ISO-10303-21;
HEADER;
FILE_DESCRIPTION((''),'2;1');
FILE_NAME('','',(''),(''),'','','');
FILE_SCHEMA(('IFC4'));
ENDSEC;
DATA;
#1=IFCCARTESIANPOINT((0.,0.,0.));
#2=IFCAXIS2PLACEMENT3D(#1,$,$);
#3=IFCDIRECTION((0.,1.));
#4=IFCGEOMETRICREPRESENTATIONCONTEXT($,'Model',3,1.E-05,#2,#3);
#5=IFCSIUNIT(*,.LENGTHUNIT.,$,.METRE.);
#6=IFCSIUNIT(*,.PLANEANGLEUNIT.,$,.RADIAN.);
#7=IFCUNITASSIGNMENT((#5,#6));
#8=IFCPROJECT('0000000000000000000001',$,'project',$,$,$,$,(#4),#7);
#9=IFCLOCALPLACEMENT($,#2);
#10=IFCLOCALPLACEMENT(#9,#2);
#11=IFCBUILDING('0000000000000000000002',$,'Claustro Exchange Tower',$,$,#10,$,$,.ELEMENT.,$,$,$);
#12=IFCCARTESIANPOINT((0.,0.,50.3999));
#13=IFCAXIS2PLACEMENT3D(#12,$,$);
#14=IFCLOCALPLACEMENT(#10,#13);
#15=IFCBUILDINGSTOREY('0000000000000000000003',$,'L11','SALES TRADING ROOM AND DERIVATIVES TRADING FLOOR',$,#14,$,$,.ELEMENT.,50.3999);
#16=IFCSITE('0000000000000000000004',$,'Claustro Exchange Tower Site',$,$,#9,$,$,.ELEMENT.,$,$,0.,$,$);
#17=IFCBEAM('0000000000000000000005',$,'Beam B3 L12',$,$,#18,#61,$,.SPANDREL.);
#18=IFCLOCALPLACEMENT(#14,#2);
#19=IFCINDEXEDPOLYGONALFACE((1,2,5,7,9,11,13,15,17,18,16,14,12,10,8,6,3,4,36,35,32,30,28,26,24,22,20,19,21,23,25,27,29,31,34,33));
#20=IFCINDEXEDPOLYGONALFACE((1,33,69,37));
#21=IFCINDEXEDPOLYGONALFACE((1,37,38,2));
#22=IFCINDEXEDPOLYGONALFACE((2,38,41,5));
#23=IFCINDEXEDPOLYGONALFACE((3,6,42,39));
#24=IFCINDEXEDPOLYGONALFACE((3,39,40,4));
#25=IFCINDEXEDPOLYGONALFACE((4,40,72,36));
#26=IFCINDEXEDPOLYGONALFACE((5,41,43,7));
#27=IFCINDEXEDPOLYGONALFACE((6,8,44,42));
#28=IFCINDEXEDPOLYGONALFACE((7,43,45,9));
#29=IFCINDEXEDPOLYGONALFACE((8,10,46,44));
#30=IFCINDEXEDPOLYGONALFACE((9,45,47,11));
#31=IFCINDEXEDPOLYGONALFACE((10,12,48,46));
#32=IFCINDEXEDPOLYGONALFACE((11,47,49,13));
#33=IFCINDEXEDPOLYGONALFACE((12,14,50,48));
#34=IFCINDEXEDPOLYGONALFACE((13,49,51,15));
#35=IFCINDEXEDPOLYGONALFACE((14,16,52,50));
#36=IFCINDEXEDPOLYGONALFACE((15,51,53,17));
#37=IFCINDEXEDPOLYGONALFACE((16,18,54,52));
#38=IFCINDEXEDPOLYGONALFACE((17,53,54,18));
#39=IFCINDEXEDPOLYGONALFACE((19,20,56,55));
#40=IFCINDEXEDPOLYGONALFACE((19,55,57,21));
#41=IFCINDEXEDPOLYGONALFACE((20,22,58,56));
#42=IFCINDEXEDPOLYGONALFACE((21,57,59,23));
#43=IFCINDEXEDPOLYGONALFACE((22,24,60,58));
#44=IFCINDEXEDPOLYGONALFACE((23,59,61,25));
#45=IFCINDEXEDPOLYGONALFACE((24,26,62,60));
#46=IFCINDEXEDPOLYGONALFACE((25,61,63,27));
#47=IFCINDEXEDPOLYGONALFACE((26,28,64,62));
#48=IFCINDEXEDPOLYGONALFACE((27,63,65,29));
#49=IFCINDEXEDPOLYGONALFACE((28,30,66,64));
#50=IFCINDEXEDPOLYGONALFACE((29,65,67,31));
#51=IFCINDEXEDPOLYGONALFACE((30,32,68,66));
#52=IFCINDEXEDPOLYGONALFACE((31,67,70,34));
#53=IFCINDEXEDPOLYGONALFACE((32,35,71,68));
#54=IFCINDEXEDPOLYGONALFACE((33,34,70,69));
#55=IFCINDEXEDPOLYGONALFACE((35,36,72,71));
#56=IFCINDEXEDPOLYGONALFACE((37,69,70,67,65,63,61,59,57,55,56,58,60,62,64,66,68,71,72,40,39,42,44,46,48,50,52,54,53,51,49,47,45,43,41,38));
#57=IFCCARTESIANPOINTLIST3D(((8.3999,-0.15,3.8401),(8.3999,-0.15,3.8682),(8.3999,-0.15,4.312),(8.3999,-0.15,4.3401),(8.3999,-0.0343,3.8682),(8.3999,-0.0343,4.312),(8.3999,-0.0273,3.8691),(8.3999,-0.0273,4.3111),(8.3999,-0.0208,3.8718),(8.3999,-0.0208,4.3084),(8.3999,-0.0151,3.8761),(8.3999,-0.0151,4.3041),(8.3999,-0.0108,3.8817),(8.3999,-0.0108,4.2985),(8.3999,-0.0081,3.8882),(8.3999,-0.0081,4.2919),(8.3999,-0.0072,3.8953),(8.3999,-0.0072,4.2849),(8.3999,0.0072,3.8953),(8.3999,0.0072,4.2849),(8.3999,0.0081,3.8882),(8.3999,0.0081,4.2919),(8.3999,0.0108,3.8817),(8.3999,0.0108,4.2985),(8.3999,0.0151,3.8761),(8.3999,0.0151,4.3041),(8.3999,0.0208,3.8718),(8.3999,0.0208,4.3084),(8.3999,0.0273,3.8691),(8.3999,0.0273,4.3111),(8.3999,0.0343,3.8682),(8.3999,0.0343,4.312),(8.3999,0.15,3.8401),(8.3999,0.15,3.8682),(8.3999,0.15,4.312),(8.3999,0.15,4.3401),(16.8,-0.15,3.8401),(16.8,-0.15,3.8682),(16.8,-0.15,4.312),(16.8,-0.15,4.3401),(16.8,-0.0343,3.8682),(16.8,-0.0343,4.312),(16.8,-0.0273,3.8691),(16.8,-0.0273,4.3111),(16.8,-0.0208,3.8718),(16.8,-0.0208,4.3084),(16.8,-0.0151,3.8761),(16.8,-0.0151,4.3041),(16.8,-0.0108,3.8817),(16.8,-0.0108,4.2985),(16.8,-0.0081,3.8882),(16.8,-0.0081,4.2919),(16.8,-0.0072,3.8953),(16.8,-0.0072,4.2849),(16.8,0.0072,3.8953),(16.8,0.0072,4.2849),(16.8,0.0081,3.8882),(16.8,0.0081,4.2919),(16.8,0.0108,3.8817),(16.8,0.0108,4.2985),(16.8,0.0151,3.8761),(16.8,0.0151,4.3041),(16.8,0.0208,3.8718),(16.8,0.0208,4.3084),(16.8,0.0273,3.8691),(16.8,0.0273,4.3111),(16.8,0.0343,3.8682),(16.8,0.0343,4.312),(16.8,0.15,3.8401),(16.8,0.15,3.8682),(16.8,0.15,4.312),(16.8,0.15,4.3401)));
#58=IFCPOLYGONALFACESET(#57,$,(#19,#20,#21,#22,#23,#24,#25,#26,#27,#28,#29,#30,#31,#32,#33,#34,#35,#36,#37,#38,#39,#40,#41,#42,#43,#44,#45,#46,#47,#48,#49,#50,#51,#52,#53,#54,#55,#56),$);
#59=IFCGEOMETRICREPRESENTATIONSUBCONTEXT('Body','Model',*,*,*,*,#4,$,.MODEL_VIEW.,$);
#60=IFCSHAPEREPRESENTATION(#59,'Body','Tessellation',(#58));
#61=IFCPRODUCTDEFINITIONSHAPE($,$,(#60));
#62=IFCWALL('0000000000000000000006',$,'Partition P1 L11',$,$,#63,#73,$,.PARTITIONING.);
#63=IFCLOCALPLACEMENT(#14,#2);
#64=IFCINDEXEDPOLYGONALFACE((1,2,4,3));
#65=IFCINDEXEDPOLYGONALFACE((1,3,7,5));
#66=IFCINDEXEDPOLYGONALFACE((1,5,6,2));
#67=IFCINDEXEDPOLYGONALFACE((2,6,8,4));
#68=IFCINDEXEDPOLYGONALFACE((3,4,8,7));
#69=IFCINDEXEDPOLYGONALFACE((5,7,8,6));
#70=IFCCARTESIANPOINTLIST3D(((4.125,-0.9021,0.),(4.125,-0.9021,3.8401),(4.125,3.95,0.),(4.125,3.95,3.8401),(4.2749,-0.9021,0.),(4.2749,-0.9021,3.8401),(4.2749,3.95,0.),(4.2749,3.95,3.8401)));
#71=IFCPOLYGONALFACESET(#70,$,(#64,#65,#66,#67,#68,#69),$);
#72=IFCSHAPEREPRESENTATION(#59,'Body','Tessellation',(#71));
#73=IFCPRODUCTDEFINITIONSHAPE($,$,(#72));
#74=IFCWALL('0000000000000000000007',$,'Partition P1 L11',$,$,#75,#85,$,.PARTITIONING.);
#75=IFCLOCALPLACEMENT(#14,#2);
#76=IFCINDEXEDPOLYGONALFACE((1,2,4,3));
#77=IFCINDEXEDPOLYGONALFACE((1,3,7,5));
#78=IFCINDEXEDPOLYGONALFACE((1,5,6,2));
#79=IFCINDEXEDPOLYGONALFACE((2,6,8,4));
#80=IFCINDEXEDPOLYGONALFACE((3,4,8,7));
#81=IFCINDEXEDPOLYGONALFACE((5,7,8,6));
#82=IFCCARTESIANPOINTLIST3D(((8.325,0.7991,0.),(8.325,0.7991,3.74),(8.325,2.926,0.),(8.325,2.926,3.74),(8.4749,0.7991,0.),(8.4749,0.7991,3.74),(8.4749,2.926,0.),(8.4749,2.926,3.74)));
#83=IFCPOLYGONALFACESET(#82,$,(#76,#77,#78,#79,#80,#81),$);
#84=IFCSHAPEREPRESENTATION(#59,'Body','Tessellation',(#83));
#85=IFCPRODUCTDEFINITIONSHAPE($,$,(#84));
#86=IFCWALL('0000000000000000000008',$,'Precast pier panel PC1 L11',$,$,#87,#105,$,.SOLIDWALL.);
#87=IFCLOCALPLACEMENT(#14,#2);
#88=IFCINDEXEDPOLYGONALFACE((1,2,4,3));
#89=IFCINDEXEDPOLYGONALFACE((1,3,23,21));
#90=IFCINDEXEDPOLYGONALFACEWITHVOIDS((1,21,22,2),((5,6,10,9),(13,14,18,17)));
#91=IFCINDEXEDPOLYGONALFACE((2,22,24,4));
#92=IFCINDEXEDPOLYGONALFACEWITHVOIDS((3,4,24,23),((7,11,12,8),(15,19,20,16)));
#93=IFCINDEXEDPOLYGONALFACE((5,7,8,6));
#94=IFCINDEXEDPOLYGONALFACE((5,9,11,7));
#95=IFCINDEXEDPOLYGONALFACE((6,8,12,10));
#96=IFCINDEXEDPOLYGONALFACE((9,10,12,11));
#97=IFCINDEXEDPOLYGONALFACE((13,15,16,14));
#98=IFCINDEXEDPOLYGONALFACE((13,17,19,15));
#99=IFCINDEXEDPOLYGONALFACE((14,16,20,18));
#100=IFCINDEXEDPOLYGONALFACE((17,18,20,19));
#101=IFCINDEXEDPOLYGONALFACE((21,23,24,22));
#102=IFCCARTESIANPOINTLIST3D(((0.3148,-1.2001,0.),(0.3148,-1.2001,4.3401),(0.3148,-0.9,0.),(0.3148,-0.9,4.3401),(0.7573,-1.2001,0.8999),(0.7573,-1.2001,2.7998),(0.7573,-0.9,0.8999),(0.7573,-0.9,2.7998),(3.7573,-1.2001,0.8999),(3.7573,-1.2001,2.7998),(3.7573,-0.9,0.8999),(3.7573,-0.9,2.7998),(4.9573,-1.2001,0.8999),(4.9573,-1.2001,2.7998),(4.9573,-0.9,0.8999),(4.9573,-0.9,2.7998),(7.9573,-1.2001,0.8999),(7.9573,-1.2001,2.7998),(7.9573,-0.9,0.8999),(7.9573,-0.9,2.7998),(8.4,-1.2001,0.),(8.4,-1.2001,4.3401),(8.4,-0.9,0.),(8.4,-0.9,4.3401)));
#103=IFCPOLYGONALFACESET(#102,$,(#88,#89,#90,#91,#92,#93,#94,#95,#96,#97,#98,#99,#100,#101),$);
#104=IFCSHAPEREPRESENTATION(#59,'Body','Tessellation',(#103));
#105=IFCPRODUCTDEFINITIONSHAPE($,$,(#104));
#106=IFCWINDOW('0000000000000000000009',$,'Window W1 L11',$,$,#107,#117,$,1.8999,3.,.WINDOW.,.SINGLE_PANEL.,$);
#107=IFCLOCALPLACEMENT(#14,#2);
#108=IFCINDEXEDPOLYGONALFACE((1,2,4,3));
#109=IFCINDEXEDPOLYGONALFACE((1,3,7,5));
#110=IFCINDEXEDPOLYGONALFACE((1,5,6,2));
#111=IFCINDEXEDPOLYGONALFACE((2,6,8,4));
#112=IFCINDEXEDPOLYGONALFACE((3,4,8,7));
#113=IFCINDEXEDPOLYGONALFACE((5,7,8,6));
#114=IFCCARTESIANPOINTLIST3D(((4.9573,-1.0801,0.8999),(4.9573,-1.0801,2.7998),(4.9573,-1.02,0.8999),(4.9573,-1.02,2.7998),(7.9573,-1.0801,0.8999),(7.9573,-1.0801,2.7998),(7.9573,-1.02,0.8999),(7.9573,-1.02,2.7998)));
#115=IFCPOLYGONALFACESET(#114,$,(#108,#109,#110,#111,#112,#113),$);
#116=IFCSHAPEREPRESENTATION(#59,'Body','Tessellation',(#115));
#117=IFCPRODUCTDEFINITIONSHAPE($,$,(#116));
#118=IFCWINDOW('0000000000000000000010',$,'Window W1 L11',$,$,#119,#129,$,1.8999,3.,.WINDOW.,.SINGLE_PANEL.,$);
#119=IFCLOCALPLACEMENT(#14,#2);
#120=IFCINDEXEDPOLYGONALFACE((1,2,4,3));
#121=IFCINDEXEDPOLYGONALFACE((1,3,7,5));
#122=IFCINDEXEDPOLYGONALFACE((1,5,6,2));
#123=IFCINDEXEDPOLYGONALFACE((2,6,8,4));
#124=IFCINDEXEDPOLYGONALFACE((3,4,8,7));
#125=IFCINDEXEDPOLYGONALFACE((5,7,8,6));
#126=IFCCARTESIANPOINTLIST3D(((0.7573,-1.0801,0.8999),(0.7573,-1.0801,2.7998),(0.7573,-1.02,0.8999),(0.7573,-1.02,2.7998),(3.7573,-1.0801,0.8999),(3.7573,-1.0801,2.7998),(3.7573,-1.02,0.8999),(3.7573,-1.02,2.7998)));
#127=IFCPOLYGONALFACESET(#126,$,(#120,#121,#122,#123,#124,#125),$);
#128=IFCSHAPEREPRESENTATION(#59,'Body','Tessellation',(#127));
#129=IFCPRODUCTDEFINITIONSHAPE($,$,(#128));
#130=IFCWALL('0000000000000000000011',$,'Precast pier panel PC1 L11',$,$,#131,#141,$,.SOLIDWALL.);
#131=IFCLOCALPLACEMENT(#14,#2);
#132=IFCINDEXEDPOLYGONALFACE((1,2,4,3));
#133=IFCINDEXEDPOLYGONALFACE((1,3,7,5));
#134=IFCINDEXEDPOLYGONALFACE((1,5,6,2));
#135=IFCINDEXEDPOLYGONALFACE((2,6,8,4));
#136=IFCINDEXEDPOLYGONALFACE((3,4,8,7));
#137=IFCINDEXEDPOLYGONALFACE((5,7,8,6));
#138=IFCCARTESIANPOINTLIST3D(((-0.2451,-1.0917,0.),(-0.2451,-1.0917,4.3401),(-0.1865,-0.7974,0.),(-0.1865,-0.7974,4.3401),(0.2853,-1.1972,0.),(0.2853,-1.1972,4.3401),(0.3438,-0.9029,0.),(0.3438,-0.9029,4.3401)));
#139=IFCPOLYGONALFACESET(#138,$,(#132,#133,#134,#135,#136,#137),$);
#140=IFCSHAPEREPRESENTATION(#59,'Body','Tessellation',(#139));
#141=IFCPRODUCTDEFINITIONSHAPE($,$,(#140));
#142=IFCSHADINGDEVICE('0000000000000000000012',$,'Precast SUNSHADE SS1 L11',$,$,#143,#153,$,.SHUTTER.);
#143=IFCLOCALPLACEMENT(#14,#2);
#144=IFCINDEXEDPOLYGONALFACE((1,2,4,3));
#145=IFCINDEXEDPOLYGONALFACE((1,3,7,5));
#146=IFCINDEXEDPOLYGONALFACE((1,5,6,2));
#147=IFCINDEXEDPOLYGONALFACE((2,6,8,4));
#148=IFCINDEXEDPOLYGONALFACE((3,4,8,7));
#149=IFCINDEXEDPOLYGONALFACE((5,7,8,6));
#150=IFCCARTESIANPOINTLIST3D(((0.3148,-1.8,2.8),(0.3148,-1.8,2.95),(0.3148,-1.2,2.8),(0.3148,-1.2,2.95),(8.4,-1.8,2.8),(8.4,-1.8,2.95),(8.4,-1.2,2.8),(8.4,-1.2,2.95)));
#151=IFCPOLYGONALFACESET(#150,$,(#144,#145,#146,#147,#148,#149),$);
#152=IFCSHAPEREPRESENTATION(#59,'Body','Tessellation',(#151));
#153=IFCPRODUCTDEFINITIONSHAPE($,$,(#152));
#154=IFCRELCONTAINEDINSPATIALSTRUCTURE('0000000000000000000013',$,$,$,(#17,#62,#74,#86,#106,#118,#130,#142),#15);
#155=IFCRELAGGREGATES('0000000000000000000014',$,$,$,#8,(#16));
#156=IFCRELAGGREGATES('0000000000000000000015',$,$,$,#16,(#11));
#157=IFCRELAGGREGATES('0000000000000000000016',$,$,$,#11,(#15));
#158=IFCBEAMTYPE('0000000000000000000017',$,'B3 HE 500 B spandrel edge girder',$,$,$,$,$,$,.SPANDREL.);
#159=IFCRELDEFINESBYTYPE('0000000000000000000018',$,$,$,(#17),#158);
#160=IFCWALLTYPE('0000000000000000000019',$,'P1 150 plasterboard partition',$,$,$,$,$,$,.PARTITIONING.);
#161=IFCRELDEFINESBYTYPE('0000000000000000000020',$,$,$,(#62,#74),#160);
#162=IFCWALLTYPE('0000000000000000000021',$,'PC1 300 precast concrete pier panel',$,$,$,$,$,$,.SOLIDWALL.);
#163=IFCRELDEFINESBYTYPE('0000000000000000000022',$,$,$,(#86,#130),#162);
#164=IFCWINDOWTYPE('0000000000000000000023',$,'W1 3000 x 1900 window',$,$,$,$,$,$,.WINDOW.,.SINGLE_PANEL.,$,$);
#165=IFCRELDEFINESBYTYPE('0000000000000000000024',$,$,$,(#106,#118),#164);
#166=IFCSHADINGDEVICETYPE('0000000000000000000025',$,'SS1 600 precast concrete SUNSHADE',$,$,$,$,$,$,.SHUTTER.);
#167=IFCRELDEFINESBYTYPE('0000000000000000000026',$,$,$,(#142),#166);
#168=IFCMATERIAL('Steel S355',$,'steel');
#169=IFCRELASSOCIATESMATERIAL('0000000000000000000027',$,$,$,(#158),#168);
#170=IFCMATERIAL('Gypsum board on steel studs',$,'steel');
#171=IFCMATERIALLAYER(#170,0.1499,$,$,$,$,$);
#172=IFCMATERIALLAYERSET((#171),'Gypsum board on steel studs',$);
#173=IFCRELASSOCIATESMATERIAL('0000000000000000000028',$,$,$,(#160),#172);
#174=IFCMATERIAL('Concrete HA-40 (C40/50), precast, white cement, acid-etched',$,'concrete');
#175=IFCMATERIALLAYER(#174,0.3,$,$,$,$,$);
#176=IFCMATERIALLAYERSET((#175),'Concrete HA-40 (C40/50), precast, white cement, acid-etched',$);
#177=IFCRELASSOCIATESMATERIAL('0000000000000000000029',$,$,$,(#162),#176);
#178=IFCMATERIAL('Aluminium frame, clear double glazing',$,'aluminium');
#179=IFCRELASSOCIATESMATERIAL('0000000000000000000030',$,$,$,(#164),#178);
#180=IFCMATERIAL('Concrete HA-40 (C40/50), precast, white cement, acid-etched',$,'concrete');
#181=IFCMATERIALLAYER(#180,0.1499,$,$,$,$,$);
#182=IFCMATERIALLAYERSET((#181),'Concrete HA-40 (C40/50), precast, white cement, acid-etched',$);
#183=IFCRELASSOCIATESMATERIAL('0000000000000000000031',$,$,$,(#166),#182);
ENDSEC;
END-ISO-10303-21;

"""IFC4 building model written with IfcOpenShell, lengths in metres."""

from ifc_helpers import new_model, si_unit, direction, frame, frame_2d, origin, origin_2d, place, context, subcontext, project, spatial, rectangle, i_section, extrude, material, layer, layer_set, material_profile, profile_set, type_object, element, fill, save


model = new_model("IFC4")

# Units and contexts
model_context = context("Model", 3, precision=1e-05, world=origin(), true_north=direction((0.0, 1.0)))
body_context = subcontext(model_context, "Body", "Model", "MODEL_VIEW")
ifc_project = project(units=[si_unit("LENGTHUNIT", "METRE"), si_unit("PLANEANGLEUNIT", "RADIAN")], contexts=[model_context])

# Site, building, storey
site_placement = place(None, origin())
site = spatial("IfcSite", under=ifc_project, at=site_placement, Name="Claustro Exchange Tower Site", CompositionType="ELEMENT", RefElevation=0.0)
building_placement = place(site_placement, origin())
building = spatial("IfcBuilding", under=site, at=building_placement, Name="Claustro Exchange Tower", CompositionType="ELEMENT")
storey_placement = place(building_placement, frame((0.0, 0.0, 50.3999)))
storey = spatial("IfcBuildingStorey", under=building, at=storey_placement, Name="L11", Description="SALES TRADING ROOM AND DERIVATIVES TRADING FLOOR", CompositionType="ELEMENT", Elevation=50.3999)

# Beam
ifc_material_1 = material(Name="Steel S355", Category="steel")
ifc_material_profile_1 = material_profile(ifc_material_1, i_section(OverallWidth=0.3, OverallDepth=0.5, WebThickness=0.0144, FlangeThickness=0.0281, FilletRadius=0.0271, at=origin_2d()), Name="HE 500 B")
ifc_profile_set_1 = profile_set([ifc_material_profile_1], Name="Steel S355")
beam_type_1 = type_object("IfcBeamType", Name="B3 HE 500 B spandrel edge girder", PredefinedType="SPANDREL", material=ifc_profile_set_1)
beam_1_placement = place(storey_placement, frame((8.3999, 0.0, 4.0901), z_axis=(1.0, 0.0, 0.0), x_axis=(0.0, 1.0, 0.0)))
element("IfcBeam", 1, at=beam_1_placement, inside=storey, type_object=beam_type_1, Name="Beam B3 L12", PredefinedType="SPANDREL", context=body_context, shape_type="SweptSolid", body=[
    extrude(i_section(OverallWidth=0.3, OverallDepth=0.5, WebThickness=0.0144, FlangeThickness=0.0281, FilletRadius=0.0271, at=origin_2d()), origin(), (0.0, 0.0, 1.0), 8.4001),
])

# Walls
ifc_material_2 = material(Name="Gypsum board on steel studs", Category="steel")
ifc_layer_1 = layer(ifc_material_2, 0.1499)
ifc_layer_set_1 = layer_set([ifc_layer_1], Name="Gypsum board on steel studs")
wall_type_1 = type_object("IfcWallType", Name="P1 150 plasterboard partition", PredefinedType="PARTITIONING", material=ifc_layer_set_1)
wall_1_placement = place(storey_placement, frame((4.2, -0.9021, 0.0), z_axis=(0.0, 0.0, 1.0), x_axis=(0.0, 1.0, 0.0)))
element("IfcWall", 2, at=wall_1_placement, inside=storey, type_object=wall_type_1, Name="Partition P1 L11", PredefinedType="PARTITIONING", context=body_context, shape_type="SweptSolid", body=[
    extrude(rectangle(XDim=4.8521, YDim=0.1499, at=frame_2d((2.426, 0.0))), origin(), (0.0, 0.0, 1.0), 3.8401),
])
wall_2_placement = place(storey_placement, frame((8.3999, 0.7991, 0.0), z_axis=(0.0, 0.0, 1.0), x_axis=(0.0, 1.0, 0.0)))
element("IfcWall", 3, at=wall_2_placement, inside=storey, type_object=wall_type_1, Name="Partition P1 L11", PredefinedType="PARTITIONING", context=body_context, shape_type="SweptSolid", body=[
    extrude(rectangle(XDim=2.127, YDim=0.1499, at=frame_2d((1.0635, 0.0))), origin(), (0.0, 0.0, 1.0), 3.74),
])

# Wall, openings, windows
ifc_material_3 = material(Name="Concrete HA-40 (C40/50), precast, white cement, acid-etched", Category="concrete")
ifc_layer_2 = layer(ifc_material_3, 0.3)
ifc_layer_set_2 = layer_set([ifc_layer_2], Name="Concrete HA-40 (C40/50), precast, white cement, acid-etched")
wall_type_2 = type_object("IfcWallType", Name="PC1 300 precast concrete pier panel", PredefinedType="SOLIDWALL", material=ifc_layer_set_2)
wall_3_placement = place(storey_placement, frame((8.3999, -1.05, 0.0), z_axis=(0.0, 0.0, 1.0), x_axis=(-1.0, 0.0, 0.0)))
wall_3 = element("IfcWall", 4, at=wall_3_placement, inside=storey, type_object=wall_type_2, Name="Precast pier panel PC1 L11", PredefinedType="SOLIDWALL", context=body_context, shape_type="SweptSolid", body=[
    extrude(rectangle(XDim=8.0852, YDim=0.3, at=frame_2d((4.0425, 0.0))), origin(), (0.0, 0.0, 1.0), 4.3401),
])
opening_1_placement = place(wall_3_placement, frame((0.4426, 0.0, 0.8999)))
opening_1 = element("IfcOpeningElement", 5, at=opening_1_placement, cuts=wall_3, PredefinedType="OPENING", context=body_context, shape_type="SweptSolid", body=[
    extrude(rectangle(XDim=3.0, YDim=1.8999, at=frame_2d((1.5, 0.95))), frame((0.0, 0.1599, 0.0), z_axis=(0.0, -1.0, 0.0), x_axis=(1.0, 0.0, 0.0)), (0.0, 0.0, 1.0), 0.3201),
])
opening_2_placement = place(wall_3_placement, frame((4.6426, 0.0, 0.8999)))
opening_2 = element("IfcOpeningElement", 6, at=opening_2_placement, cuts=wall_3, PredefinedType="OPENING", context=body_context, shape_type="SweptSolid", body=[
    extrude(rectangle(XDim=3.0, YDim=1.8999, at=frame_2d((1.5, 0.95))), frame((0.0, 0.1599, 0.0), z_axis=(0.0, -1.0, 0.0), x_axis=(1.0, 0.0, 0.0)), (0.0, 0.0, 1.0), 0.3201),
])
ifc_material_4 = material(Name="Aluminium frame, clear double glazing", Category="aluminium")
window_type = type_object("IfcWindowType", Name="W1 3000 x 1900 window", PartitioningType="SINGLE_PANEL", PredefinedType="WINDOW", material=ifc_material_4)
window_1_placement = place(opening_1_placement, origin())
window_1 = element("IfcWindow", 7, at=window_1_placement, inside=storey, type_object=window_type, Name="Window W1 L11", OverallHeight=1.8999, OverallWidth=3.0, PartitioningType="SINGLE_PANEL", PredefinedType="WINDOW", context=body_context, shape_type="SweptSolid", body=[
    extrude(rectangle(XDim=3.0, YDim=1.8999, at=frame_2d((1.5, 0.95))), frame((0.0, 0.03, 0.0), z_axis=(0.0, -1.0, 0.0), x_axis=(1.0, 0.0, 0.0)), (0.0, 0.0, 1.0), 0.0601),
])
fill(opening_1, window_1)
window_2_placement = place(opening_2_placement, origin())
window_2 = element("IfcWindow", 8, at=window_2_placement, inside=storey, type_object=window_type, Name="Window W1 L11", OverallHeight=1.8999, OverallWidth=3.0, PartitioningType="SINGLE_PANEL", PredefinedType="WINDOW", context=body_context, shape_type="SweptSolid", body=[
    extrude(rectangle(XDim=3.0, YDim=1.8999, at=frame_2d((1.5, 0.95))), frame((0.0, 0.03, 0.0), z_axis=(0.0, -1.0, 0.0), x_axis=(1.0, 0.0, 0.0)), (0.0, 0.0, 1.0), 0.0601),
])
fill(opening_2, window_2)

# Wall
wall_4_placement = place(storey_placement, frame((0.3147, -1.05, 0.0), z_axis=(0.0, 0.0, 1.0), x_axis=(-0.980789, 0.195074, 0.0)))
element("IfcWall", 9, at=wall_4_placement, inside=storey, type_object=wall_type_2, Name="Precast pier panel PC1 L11", PredefinedType="SOLIDWALL", context=body_context, shape_type="SweptSolid", body=[
    extrude(rectangle(XDim=0.5408, YDim=0.3, at=frame_2d((0.2705, 0.0))), origin(), (0.0, 0.0, 1.0), 4.3401),
])

# Shading device
ifc_material_5 = material(Name="Concrete HA-40 (C40/50), precast, white cement, acid-etched", Category="concrete")
ifc_layer_3 = layer(ifc_material_5, 0.1499)
ifc_layer_set_3 = layer_set([ifc_layer_3], Name="Concrete HA-40 (C40/50), precast, white cement, acid-etched")
shading_device_type = type_object("IfcShadingDeviceType", Name="SS1 600 precast concrete SUNSHADE", PredefinedType="SHUTTER", material=ifc_layer_set_3)
shading_device_placement = place(storey_placement, frame((4.3574, -1.5, 2.8), z_axis=(0.0, 0.0, 1.0), x_axis=(-1.0, 0.0, 0.0)))
element("IfcShadingDevice", 10, at=shading_device_placement, inside=storey, type_object=shading_device_type, Name="Precast SUNSHADE SS1 L11", PredefinedType="SHUTTER", context=body_context, shape_type="SweptSolid", body=[
    extrude(rectangle(XDim=8.0852, YDim=0.6001, at=origin_2d()), origin(), (0.0, 0.0, 1.0), 0.1499),
])

save(model, "model.ifc")
